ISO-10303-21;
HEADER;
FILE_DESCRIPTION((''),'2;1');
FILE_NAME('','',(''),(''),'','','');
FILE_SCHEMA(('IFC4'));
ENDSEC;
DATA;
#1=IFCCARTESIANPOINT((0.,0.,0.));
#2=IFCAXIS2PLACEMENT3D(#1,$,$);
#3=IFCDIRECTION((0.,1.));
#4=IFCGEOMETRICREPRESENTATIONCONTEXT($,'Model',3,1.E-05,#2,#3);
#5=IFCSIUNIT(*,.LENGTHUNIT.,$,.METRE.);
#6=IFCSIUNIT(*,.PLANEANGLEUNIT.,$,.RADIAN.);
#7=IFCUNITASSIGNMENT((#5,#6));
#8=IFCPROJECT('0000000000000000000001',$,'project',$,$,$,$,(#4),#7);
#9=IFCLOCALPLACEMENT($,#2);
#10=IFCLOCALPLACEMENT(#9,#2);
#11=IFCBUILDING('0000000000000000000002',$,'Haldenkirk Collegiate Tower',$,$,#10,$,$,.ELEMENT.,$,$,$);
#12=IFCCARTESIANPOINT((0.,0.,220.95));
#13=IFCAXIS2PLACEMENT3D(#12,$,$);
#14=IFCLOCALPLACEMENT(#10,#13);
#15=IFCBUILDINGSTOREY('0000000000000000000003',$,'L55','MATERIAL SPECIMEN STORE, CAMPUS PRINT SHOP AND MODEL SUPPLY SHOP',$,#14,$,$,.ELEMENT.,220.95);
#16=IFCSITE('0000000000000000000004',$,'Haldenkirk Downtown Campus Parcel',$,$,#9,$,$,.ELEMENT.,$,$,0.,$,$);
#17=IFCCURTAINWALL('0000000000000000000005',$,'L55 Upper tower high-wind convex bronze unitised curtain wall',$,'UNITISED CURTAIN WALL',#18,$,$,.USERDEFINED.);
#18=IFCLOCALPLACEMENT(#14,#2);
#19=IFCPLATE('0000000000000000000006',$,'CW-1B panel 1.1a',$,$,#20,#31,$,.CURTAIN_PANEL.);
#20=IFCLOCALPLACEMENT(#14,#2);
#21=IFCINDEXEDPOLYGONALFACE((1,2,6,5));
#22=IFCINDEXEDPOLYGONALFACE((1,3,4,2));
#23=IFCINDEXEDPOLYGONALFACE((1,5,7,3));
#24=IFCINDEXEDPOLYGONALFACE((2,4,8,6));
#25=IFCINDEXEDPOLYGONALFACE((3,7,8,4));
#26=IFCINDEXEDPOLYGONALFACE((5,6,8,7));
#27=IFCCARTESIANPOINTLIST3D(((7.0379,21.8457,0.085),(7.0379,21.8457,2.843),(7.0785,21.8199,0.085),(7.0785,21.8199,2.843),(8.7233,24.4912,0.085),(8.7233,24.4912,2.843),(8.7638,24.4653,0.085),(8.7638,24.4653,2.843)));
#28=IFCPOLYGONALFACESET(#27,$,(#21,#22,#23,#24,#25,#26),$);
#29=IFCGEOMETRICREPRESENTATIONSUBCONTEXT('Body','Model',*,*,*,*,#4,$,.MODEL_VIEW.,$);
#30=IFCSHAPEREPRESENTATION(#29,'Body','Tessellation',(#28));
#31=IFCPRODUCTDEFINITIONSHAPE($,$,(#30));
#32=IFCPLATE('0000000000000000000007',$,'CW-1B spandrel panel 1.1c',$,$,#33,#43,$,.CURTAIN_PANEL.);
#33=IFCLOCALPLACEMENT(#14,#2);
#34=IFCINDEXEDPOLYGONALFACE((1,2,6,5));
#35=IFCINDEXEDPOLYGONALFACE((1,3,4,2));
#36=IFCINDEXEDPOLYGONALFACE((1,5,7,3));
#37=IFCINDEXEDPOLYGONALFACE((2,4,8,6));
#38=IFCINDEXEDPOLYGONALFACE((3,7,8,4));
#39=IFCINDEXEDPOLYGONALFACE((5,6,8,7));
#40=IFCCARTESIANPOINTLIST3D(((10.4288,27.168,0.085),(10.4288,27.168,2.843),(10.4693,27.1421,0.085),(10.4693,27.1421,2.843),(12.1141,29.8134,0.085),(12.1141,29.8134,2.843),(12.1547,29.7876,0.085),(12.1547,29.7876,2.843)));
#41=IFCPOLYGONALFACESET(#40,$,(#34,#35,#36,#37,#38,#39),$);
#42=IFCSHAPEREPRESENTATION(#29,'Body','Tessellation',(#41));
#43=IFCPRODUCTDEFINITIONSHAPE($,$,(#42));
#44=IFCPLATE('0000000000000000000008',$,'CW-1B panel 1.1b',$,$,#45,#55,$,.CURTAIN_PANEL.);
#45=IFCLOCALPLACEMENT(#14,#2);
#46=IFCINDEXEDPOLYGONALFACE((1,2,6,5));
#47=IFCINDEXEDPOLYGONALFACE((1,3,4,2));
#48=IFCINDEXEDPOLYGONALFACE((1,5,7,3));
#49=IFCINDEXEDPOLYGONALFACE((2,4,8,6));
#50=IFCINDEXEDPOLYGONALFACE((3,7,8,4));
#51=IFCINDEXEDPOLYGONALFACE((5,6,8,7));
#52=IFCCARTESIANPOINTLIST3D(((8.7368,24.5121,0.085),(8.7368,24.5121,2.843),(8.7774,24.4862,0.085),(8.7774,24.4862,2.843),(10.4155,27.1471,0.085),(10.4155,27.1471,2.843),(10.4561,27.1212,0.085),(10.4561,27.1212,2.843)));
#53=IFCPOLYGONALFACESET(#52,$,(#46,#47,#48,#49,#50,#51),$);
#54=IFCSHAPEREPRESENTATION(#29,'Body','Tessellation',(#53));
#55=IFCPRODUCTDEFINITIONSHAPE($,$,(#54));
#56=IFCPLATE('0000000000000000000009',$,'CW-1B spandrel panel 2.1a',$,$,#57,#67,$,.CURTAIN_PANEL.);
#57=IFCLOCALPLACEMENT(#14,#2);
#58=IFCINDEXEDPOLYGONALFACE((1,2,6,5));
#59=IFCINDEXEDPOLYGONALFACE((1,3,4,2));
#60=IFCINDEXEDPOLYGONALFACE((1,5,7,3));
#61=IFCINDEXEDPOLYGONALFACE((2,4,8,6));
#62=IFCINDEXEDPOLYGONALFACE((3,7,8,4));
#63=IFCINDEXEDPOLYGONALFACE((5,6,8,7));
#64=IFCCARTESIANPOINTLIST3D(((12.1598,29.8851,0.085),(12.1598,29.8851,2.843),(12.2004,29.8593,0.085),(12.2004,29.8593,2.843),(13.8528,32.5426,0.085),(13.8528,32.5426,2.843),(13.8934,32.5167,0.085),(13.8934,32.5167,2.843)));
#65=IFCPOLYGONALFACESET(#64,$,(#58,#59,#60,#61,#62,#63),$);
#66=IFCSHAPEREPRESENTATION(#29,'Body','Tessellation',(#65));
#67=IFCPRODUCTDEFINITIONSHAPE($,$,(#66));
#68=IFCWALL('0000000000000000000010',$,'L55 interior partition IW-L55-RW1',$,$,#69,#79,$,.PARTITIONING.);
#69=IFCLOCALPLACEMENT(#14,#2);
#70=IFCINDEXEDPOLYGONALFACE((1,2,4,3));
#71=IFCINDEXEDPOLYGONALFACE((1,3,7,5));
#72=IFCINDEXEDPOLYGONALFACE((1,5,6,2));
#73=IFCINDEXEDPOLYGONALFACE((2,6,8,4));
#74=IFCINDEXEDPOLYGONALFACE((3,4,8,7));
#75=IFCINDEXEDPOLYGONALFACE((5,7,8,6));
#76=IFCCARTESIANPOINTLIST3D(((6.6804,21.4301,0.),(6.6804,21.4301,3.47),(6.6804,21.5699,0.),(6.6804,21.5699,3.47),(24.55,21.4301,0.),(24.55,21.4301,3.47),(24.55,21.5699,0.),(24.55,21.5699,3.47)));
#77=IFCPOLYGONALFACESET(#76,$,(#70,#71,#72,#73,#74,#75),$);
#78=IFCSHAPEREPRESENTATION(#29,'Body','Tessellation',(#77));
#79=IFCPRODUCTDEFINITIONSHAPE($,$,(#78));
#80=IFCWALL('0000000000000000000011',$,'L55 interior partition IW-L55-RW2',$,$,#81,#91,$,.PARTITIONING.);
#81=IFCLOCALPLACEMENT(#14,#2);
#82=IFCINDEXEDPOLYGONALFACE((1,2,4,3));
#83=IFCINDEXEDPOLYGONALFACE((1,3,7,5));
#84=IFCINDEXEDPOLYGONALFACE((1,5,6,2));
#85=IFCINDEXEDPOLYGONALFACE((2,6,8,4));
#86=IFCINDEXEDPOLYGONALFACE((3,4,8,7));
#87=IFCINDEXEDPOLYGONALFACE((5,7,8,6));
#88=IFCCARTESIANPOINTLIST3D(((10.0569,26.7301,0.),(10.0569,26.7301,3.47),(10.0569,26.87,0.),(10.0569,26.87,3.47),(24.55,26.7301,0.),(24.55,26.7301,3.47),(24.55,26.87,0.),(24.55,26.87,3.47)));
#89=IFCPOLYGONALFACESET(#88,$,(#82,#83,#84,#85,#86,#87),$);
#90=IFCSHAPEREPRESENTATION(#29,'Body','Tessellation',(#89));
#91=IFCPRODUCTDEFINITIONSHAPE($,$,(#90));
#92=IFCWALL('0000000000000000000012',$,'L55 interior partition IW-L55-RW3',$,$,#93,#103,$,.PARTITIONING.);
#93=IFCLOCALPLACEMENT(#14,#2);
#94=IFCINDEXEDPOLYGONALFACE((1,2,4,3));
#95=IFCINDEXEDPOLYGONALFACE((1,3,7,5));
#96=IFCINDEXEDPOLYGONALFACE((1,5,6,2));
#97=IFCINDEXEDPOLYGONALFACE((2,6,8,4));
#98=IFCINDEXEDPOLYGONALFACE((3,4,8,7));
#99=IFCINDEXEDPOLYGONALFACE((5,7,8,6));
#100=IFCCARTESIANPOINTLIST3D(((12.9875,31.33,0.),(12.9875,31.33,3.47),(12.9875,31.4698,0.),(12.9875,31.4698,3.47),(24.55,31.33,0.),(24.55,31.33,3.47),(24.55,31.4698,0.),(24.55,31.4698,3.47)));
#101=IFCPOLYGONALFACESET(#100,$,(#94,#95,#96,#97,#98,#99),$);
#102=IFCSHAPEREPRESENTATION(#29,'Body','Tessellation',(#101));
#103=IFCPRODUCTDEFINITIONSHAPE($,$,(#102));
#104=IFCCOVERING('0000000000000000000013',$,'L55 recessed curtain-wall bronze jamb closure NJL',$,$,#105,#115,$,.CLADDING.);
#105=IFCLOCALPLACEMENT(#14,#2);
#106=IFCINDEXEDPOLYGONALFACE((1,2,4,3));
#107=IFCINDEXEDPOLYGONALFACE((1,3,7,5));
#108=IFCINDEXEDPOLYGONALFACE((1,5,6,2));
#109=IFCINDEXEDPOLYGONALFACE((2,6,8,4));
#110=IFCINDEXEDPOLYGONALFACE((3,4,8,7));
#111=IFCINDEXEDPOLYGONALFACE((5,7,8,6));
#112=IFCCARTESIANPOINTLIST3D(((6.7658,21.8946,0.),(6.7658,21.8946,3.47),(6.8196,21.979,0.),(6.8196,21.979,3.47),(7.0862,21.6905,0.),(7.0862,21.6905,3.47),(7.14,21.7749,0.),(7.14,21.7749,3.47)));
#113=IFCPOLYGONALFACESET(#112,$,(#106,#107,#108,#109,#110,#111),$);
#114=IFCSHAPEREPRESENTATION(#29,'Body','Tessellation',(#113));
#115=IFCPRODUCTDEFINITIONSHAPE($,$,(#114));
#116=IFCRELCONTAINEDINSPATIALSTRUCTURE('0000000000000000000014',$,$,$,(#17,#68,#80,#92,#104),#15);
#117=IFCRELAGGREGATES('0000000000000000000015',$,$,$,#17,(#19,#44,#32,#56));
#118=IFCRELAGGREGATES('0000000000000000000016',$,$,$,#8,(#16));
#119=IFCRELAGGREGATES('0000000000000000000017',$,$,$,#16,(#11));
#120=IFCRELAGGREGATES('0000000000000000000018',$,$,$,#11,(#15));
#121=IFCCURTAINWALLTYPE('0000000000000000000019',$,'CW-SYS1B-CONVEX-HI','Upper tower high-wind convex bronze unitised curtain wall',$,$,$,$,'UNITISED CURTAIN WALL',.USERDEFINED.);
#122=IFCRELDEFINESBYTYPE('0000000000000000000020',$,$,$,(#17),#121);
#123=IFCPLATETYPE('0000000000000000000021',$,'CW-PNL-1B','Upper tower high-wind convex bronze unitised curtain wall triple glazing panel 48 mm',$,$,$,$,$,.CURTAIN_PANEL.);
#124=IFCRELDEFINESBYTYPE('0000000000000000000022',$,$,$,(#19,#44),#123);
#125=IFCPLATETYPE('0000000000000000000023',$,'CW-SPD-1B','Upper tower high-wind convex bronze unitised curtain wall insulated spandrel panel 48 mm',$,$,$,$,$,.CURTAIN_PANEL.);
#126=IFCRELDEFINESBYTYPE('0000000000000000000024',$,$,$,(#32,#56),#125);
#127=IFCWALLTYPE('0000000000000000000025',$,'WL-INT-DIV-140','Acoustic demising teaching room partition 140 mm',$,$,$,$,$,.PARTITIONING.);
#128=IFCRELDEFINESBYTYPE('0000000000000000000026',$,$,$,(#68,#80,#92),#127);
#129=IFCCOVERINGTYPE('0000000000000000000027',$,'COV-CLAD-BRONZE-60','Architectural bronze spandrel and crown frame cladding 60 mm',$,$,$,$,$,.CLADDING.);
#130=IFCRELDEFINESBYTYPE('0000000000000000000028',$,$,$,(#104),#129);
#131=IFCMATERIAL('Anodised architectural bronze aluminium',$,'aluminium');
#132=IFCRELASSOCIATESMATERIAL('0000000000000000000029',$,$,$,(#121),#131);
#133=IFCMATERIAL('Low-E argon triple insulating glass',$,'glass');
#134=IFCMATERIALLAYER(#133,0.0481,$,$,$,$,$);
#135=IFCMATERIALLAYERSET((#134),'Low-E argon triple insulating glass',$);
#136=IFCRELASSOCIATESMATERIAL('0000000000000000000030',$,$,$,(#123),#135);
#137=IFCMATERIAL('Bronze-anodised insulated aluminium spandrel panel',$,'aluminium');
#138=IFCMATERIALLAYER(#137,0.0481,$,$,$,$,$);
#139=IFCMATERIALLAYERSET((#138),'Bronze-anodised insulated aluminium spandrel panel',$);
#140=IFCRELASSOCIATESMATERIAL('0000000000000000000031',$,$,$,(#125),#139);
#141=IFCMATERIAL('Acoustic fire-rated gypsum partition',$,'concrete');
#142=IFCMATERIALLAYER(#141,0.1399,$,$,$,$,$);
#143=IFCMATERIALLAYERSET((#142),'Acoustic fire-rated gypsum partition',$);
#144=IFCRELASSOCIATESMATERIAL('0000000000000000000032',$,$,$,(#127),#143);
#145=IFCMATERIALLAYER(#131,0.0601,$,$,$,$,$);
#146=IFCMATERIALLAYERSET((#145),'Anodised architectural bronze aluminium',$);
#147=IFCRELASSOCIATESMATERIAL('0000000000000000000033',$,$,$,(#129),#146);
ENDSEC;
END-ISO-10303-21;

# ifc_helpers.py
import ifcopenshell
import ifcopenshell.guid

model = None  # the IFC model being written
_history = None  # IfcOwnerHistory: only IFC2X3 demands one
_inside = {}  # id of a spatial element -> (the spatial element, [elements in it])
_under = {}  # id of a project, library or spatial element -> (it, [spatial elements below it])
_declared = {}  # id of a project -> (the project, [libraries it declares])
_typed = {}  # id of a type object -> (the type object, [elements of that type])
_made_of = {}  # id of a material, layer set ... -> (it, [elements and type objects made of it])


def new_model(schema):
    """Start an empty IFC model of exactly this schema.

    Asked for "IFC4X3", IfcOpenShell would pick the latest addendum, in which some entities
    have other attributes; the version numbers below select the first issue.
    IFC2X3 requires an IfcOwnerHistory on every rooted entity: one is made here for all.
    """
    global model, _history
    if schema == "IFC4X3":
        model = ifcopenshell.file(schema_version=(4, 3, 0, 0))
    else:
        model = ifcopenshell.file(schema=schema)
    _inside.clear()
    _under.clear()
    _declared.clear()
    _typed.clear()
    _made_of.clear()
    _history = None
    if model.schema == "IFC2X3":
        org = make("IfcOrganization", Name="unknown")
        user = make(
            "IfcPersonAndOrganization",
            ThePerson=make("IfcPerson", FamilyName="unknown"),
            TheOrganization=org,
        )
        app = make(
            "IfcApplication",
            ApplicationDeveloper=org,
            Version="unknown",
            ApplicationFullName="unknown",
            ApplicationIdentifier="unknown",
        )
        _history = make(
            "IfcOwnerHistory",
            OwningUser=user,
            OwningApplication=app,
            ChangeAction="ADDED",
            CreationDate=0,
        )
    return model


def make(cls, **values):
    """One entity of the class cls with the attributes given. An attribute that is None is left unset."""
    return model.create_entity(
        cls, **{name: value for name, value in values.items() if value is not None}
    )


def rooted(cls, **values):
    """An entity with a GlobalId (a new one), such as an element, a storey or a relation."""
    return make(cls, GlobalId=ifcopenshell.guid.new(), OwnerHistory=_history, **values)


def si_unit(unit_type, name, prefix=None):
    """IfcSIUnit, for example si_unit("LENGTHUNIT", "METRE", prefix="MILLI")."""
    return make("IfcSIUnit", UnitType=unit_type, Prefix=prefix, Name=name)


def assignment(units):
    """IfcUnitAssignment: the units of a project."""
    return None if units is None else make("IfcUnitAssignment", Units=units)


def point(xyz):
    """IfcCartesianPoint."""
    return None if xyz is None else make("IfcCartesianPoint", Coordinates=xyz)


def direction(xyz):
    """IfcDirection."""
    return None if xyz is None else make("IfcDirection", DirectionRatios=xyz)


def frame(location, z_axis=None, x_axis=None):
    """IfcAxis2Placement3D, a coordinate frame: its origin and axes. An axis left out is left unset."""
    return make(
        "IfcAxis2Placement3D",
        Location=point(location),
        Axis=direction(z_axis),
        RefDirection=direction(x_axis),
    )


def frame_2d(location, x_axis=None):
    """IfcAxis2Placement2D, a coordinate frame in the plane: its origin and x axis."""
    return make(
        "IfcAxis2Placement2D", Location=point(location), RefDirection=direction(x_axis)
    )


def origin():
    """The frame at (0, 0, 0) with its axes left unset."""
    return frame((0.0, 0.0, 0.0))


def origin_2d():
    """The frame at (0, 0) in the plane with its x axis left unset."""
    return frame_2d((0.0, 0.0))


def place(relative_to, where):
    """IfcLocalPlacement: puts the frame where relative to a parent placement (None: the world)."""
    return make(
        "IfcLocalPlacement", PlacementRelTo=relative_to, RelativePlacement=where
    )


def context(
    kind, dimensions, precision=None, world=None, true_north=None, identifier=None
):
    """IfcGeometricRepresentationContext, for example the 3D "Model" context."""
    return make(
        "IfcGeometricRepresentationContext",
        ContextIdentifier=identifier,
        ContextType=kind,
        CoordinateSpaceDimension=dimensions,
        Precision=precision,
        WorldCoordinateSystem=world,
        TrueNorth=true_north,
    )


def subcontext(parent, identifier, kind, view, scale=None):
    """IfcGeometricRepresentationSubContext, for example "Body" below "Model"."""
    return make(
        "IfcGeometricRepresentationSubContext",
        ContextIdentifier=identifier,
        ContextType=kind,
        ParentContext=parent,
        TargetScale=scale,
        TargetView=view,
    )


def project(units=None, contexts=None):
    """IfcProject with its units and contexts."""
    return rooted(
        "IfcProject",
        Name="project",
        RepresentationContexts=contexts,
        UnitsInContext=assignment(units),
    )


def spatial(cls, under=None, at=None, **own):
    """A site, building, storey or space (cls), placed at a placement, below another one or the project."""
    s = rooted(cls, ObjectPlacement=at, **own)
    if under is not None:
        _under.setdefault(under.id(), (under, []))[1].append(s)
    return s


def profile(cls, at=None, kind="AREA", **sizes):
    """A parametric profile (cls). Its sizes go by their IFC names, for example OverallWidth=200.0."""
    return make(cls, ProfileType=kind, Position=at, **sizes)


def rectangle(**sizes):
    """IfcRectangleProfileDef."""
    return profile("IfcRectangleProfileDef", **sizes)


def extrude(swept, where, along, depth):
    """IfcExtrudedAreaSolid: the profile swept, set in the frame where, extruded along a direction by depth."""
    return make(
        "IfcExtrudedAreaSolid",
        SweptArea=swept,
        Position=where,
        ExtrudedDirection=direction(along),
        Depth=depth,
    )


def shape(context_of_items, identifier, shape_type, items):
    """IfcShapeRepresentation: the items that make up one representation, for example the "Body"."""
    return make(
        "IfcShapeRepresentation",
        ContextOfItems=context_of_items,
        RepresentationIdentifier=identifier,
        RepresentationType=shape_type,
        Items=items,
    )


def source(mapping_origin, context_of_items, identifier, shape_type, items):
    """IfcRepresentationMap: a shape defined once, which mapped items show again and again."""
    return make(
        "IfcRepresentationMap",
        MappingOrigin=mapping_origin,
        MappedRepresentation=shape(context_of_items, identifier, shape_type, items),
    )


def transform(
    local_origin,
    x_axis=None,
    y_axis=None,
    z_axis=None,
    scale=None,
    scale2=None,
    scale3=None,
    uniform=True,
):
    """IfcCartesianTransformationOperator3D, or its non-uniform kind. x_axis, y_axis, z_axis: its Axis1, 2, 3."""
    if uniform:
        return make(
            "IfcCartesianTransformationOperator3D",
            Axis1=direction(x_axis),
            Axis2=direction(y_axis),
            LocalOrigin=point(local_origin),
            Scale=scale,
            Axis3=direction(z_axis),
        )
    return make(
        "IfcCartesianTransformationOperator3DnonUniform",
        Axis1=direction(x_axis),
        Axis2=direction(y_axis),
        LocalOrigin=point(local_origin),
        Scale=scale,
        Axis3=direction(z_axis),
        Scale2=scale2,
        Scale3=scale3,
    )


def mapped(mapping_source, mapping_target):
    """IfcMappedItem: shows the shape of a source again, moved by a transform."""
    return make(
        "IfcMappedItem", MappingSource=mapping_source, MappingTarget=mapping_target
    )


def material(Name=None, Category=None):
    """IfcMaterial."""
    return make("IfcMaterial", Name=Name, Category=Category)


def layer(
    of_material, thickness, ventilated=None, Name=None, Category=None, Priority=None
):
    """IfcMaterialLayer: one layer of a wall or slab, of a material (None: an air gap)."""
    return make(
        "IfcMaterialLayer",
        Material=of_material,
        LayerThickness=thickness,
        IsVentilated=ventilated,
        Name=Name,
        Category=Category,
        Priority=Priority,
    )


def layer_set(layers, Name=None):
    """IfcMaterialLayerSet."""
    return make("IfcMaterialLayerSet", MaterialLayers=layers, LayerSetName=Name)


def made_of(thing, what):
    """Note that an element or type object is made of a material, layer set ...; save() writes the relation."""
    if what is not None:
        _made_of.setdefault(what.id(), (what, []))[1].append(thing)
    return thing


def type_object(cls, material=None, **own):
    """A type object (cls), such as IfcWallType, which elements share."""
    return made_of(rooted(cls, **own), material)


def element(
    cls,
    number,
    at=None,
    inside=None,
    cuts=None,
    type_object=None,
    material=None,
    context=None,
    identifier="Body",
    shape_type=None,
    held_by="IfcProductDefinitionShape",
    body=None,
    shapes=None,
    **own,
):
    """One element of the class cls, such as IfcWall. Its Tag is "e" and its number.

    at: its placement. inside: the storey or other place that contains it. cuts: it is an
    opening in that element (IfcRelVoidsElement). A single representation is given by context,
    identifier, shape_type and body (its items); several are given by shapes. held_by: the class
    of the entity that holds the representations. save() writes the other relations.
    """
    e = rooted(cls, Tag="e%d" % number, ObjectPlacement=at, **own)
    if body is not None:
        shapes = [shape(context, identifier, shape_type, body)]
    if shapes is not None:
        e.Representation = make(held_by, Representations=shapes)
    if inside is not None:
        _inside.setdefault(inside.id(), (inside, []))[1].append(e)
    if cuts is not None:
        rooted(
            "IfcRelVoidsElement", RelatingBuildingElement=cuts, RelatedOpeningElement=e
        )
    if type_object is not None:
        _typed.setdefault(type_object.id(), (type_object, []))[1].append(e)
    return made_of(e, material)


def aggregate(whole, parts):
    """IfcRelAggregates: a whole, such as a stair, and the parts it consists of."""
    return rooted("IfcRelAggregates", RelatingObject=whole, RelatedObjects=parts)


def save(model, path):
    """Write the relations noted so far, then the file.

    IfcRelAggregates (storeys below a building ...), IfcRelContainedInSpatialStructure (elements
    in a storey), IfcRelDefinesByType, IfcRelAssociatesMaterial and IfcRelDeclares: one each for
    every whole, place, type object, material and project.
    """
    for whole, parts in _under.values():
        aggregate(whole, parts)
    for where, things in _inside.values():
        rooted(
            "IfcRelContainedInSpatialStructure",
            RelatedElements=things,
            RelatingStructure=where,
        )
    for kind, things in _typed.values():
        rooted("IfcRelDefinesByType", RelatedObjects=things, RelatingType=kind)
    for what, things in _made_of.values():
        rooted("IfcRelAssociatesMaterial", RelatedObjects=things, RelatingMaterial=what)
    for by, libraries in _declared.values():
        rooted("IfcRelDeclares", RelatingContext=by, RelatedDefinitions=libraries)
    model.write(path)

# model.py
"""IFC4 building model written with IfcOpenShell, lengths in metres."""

from ifc_helpers import new_model, si_unit, direction, frame, frame_2d, origin, origin_2d, place, context, subcontext, project, spatial, rectangle, extrude, source, transform, mapped, material, layer, layer_set, type_object, element, aggregate, save


model = new_model("IFC4")

# Units and contexts
model_context = context("Model", 3, precision=1e-05, world=origin(), true_north=direction((0.0, 1.0)))
body_context = subcontext(model_context, "Body", "Model", "MODEL_VIEW")
ifc_project = project(units=[si_unit("LENGTHUNIT", "METRE"), si_unit("PLANEANGLEUNIT", "RADIAN")], contexts=[model_context])

# Site, building, storey
site_placement = place(None, origin())
site = spatial("IfcSite", under=ifc_project, at=site_placement, Name="Haldenkirk Downtown Campus Parcel", CompositionType="ELEMENT", RefElevation=0.0)
building_placement = place(site_placement, origin())
building = spatial("IfcBuilding", under=site, at=building_placement, Name="Haldenkirk Collegiate Tower", CompositionType="ELEMENT")
storey_placement = place(building_placement, frame((0.0, 0.0, 220.95)))
storey = spatial("IfcBuildingStorey", under=building, at=storey_placement, Name="L55", Description="MATERIAL SPECIMEN STORE, CAMPUS PRINT SHOP AND MODEL SUPPLY SHOP", CompositionType="ELEMENT", Elevation=220.95)

# Curtain wall, plates
ifc_material_1 = material(Name="Anodised architectural bronze aluminium", Category="aluminium")
curtain_wall_type = type_object("IfcCurtainWallType", Name="CW-SYS1B-CONVEX-HI", Description="Upper tower high-wind convex bronze unitised curtain wall", ElementType="UNITISED CURTAIN WALL", PredefinedType="USERDEFINED", material=ifc_material_1)
curtain_wall_placement = place(storey_placement, origin())
curtain_wall = element("IfcCurtainWall", 1, at=curtain_wall_placement, inside=storey, type_object=curtain_wall_type, Name="L55 Upper tower high-wind convex bronze unitised curtain wall", ObjectType="UNITISED CURTAIN WALL", PredefinedType="USERDEFINED")
ifc_material_2 = material(Name="Low-E argon triple insulating glass", Category="glass")
ifc_layer_1 = layer(ifc_material_2, 0.0481)
ifc_layer_set_1 = layer_set([ifc_layer_1], Name="Low-E argon triple insulating glass")
plate_type_1 = type_object("IfcPlateType", Name="CW-PNL-1B", Description="Upper tower high-wind convex bronze unitised curtain wall triple glazing panel 48 mm", PredefinedType="CURTAIN_PANEL", material=ifc_layer_set_1)
shared_shape_1 = source(origin(), body_context, "Body", "SweptSolid", [
    extrude(rectangle(XDim=3.1367, YDim=0.0481, at=origin_2d()), origin(), (0.0, 0.0, 1.0), 2.7581),
])
plate_1_placement = place(storey_placement, frame((7.9009, 23.1555, 0.085), z_axis=(0.0, 0.0, 1.0), x_axis=(0.537301, 0.84339, 0.0)))
plate_1 = element("IfcPlate", 2, at=plate_1_placement, type_object=plate_type_1, Name="CW-1B panel 1.1a", PredefinedType="CURTAIN_PANEL", context=body_context, shape_type="MappedRepresentation", body=[
    mapped(shared_shape_1, transform((0.0, 0.0, 0.0), x_axis=(1.0, 0.0, 0.0), y_axis=(0.0, 1.0, 0.0), z_axis=(0.0, 0.0, 1.0), scale=1.0)),
])
ifc_material_3 = material(Name="Bronze-anodised insulated aluminium spandrel panel", Category="aluminium")
ifc_layer_2 = layer(ifc_material_3, 0.0481)
ifc_layer_set_2 = layer_set([ifc_layer_2], Name="Bronze-anodised insulated aluminium spandrel panel")
plate_type_2 = type_object("IfcPlateType", Name="CW-SPD-1B", Description="Upper tower high-wind convex bronze unitised curtain wall insulated spandrel panel 48 mm", PredefinedType="CURTAIN_PANEL", material=ifc_layer_set_2)
plate_2_placement = place(storey_placement, frame((11.2917, 28.4778, 0.085), z_axis=(0.0, 0.0, 1.0), x_axis=(0.537301, 0.84339, 0.0)))
plate_2 = element("IfcPlate", 3, at=plate_2_placement, type_object=plate_type_2, Name="CW-1B spandrel panel 1.1c", PredefinedType="CURTAIN_PANEL", context=body_context, shape_type="MappedRepresentation", body=[
    mapped(shared_shape_1, transform((0.0, 0.0, 0.0), x_axis=(1.0, 0.0, 0.0), y_axis=(0.0, 1.0, 0.0), z_axis=(0.0, 0.0, 1.0), scale=1.0)),
])
shared_shape_2 = source(origin(), body_context, "Body", "SweptSolid", [
    extrude(rectangle(XDim=3.1243, YDim=0.0481, at=origin_2d()), origin(), (0.0, 0.0, 1.0), 2.7581),
])
plate_3_placement = place(storey_placement, frame((9.5964, 25.8167, 0.085), z_axis=(0.0, 0.0, 1.0), x_axis=(0.537301, 0.84339, 0.0)))
plate_3 = element("IfcPlate", 4, at=plate_3_placement, type_object=plate_type_1, Name="CW-1B panel 1.1b", PredefinedType="CURTAIN_PANEL", context=body_context, shape_type="MappedRepresentation", body=[
    mapped(shared_shape_2, transform((0.0, 0.0, 0.0), x_axis=(1.0, 0.0, 0.0), y_axis=(0.0, 1.0, 0.0), z_axis=(0.0, 0.0, 1.0), scale=1.0)),
])
shared_shape_3 = source(origin(), body_context, "Body", "SweptSolid", [
    extrude(rectangle(XDim=3.1509, YDim=0.0481, at=origin_2d()), origin(), (0.0, 0.0, 1.0), 2.7581),
])
plate_4_placement = place(storey_placement, frame((13.0266, 31.2009, 0.085), z_axis=(0.0, 0.0, 1.0), x_axis=(0.537301, 0.84339, 0.0)))
plate_4 = element("IfcPlate", 5, at=plate_4_placement, type_object=plate_type_2, Name="CW-1B spandrel panel 2.1a", PredefinedType="CURTAIN_PANEL", context=body_context, shape_type="MappedRepresentation", body=[
    mapped(shared_shape_3, transform((0.0, 0.0, 0.0), x_axis=(1.0, 0.0, 0.0), y_axis=(0.0, 1.0, 0.0), z_axis=(0.0, 0.0, 1.0), scale=1.0)),
])
aggregate(curtain_wall, [plate_1, plate_3, plate_2, plate_4])

# Walls
ifc_material_4 = material(Name="Acoustic fire-rated gypsum partition", Category="concrete")
ifc_layer_3 = layer(ifc_material_4, 0.1399)
ifc_layer_set_3 = layer_set([ifc_layer_3], Name="Acoustic fire-rated gypsum partition")
wall_type = type_object("IfcWallType", Name="WL-INT-DIV-140", Description="Acoustic demising teaching room partition 140 mm", PredefinedType="PARTITIONING", material=ifc_layer_set_3)
wall_1_placement = place(storey_placement, frame((6.6804, 21.5, 0.0), z_axis=(0.0, 0.0, 1.0), x_axis=(1.0, 0.0, 0.0)))
element("IfcWall", 6, at=wall_1_placement, inside=storey, type_object=wall_type, Name="L55 interior partition IW-L55-RW1", PredefinedType="PARTITIONING", context=body_context, shape_type="SweptSolid", body=[
    extrude(rectangle(XDim=17.8696, YDim=0.1399, at=frame_2d((8.9348, 0.0))), origin(), (0.0, 0.0, 1.0), 3.47),
])
wall_2_placement = place(storey_placement, frame((10.0569, 26.8, 0.0), z_axis=(0.0, 0.0, 1.0), x_axis=(1.0, 0.0, 0.0)))
element("IfcWall", 7, at=wall_2_placement, inside=storey, type_object=wall_type, Name="L55 interior partition IW-L55-RW2", PredefinedType="PARTITIONING", context=body_context, shape_type="SweptSolid", body=[
    extrude(rectangle(XDim=14.4932, YDim=0.1399, at=frame_2d((7.2466, 0.0))), origin(), (0.0, 0.0, 1.0), 3.47),
])
wall_3_placement = place(storey_placement, frame((12.9875, 31.3999, 0.0), z_axis=(0.0, 0.0, 1.0), x_axis=(1.0, 0.0, 0.0)))
element("IfcWall", 8, at=wall_3_placement, inside=storey, type_object=wall_type, Name="L55 interior partition IW-L55-RW3", PredefinedType="PARTITIONING", context=body_context, shape_type="SweptSolid", body=[
    extrude(rectangle(XDim=11.5625, YDim=0.1399, at=frame_2d((5.7812, 0.0))), origin(), (0.0, 0.0, 1.0), 3.47),
])

# Covering
ifc_layer_4 = layer(ifc_material_1, 0.0601)
ifc_layer_set_4 = layer_set([ifc_layer_4], Name="Anodised architectural bronze aluminium")
covering_type = type_object("IfcCoveringType", Name="COV-CLAD-BRONZE-60", Description="Architectural bronze spandrel and crown frame cladding 60 mm", PredefinedType="CLADDING", material=ifc_layer_set_4)
shared_shape_4 = source(origin(), body_context, "Body", "SweptSolid", [
    extrude(rectangle(XDim=0.1001, YDim=0.3799, at=origin_2d()), origin(), (0.0, 0.0, 1.0), 3.47),
])
covering_placement = place(storey_placement, frame((6.9529, 21.8347, 0.0), z_axis=(0.0, 0.0, 1.0), x_axis=(0.5373, 0.843391, 0.0)))
element("IfcCovering", 9, at=covering_placement, inside=storey, type_object=covering_type, Name="L55 recessed curtain-wall bronze jamb closure NJL", PredefinedType="CLADDING", context=body_context, shape_type="MappedRepresentation", body=[
    mapped(shared_shape_4, transform((0.0, 0.0, 0.0), x_axis=(1.0, 0.0, 0.0), y_axis=(0.0, 1.0, 0.0), z_axis=(0.0, 0.0, 1.0), scale=1.0)),
])

save(model, "model.ifc")
